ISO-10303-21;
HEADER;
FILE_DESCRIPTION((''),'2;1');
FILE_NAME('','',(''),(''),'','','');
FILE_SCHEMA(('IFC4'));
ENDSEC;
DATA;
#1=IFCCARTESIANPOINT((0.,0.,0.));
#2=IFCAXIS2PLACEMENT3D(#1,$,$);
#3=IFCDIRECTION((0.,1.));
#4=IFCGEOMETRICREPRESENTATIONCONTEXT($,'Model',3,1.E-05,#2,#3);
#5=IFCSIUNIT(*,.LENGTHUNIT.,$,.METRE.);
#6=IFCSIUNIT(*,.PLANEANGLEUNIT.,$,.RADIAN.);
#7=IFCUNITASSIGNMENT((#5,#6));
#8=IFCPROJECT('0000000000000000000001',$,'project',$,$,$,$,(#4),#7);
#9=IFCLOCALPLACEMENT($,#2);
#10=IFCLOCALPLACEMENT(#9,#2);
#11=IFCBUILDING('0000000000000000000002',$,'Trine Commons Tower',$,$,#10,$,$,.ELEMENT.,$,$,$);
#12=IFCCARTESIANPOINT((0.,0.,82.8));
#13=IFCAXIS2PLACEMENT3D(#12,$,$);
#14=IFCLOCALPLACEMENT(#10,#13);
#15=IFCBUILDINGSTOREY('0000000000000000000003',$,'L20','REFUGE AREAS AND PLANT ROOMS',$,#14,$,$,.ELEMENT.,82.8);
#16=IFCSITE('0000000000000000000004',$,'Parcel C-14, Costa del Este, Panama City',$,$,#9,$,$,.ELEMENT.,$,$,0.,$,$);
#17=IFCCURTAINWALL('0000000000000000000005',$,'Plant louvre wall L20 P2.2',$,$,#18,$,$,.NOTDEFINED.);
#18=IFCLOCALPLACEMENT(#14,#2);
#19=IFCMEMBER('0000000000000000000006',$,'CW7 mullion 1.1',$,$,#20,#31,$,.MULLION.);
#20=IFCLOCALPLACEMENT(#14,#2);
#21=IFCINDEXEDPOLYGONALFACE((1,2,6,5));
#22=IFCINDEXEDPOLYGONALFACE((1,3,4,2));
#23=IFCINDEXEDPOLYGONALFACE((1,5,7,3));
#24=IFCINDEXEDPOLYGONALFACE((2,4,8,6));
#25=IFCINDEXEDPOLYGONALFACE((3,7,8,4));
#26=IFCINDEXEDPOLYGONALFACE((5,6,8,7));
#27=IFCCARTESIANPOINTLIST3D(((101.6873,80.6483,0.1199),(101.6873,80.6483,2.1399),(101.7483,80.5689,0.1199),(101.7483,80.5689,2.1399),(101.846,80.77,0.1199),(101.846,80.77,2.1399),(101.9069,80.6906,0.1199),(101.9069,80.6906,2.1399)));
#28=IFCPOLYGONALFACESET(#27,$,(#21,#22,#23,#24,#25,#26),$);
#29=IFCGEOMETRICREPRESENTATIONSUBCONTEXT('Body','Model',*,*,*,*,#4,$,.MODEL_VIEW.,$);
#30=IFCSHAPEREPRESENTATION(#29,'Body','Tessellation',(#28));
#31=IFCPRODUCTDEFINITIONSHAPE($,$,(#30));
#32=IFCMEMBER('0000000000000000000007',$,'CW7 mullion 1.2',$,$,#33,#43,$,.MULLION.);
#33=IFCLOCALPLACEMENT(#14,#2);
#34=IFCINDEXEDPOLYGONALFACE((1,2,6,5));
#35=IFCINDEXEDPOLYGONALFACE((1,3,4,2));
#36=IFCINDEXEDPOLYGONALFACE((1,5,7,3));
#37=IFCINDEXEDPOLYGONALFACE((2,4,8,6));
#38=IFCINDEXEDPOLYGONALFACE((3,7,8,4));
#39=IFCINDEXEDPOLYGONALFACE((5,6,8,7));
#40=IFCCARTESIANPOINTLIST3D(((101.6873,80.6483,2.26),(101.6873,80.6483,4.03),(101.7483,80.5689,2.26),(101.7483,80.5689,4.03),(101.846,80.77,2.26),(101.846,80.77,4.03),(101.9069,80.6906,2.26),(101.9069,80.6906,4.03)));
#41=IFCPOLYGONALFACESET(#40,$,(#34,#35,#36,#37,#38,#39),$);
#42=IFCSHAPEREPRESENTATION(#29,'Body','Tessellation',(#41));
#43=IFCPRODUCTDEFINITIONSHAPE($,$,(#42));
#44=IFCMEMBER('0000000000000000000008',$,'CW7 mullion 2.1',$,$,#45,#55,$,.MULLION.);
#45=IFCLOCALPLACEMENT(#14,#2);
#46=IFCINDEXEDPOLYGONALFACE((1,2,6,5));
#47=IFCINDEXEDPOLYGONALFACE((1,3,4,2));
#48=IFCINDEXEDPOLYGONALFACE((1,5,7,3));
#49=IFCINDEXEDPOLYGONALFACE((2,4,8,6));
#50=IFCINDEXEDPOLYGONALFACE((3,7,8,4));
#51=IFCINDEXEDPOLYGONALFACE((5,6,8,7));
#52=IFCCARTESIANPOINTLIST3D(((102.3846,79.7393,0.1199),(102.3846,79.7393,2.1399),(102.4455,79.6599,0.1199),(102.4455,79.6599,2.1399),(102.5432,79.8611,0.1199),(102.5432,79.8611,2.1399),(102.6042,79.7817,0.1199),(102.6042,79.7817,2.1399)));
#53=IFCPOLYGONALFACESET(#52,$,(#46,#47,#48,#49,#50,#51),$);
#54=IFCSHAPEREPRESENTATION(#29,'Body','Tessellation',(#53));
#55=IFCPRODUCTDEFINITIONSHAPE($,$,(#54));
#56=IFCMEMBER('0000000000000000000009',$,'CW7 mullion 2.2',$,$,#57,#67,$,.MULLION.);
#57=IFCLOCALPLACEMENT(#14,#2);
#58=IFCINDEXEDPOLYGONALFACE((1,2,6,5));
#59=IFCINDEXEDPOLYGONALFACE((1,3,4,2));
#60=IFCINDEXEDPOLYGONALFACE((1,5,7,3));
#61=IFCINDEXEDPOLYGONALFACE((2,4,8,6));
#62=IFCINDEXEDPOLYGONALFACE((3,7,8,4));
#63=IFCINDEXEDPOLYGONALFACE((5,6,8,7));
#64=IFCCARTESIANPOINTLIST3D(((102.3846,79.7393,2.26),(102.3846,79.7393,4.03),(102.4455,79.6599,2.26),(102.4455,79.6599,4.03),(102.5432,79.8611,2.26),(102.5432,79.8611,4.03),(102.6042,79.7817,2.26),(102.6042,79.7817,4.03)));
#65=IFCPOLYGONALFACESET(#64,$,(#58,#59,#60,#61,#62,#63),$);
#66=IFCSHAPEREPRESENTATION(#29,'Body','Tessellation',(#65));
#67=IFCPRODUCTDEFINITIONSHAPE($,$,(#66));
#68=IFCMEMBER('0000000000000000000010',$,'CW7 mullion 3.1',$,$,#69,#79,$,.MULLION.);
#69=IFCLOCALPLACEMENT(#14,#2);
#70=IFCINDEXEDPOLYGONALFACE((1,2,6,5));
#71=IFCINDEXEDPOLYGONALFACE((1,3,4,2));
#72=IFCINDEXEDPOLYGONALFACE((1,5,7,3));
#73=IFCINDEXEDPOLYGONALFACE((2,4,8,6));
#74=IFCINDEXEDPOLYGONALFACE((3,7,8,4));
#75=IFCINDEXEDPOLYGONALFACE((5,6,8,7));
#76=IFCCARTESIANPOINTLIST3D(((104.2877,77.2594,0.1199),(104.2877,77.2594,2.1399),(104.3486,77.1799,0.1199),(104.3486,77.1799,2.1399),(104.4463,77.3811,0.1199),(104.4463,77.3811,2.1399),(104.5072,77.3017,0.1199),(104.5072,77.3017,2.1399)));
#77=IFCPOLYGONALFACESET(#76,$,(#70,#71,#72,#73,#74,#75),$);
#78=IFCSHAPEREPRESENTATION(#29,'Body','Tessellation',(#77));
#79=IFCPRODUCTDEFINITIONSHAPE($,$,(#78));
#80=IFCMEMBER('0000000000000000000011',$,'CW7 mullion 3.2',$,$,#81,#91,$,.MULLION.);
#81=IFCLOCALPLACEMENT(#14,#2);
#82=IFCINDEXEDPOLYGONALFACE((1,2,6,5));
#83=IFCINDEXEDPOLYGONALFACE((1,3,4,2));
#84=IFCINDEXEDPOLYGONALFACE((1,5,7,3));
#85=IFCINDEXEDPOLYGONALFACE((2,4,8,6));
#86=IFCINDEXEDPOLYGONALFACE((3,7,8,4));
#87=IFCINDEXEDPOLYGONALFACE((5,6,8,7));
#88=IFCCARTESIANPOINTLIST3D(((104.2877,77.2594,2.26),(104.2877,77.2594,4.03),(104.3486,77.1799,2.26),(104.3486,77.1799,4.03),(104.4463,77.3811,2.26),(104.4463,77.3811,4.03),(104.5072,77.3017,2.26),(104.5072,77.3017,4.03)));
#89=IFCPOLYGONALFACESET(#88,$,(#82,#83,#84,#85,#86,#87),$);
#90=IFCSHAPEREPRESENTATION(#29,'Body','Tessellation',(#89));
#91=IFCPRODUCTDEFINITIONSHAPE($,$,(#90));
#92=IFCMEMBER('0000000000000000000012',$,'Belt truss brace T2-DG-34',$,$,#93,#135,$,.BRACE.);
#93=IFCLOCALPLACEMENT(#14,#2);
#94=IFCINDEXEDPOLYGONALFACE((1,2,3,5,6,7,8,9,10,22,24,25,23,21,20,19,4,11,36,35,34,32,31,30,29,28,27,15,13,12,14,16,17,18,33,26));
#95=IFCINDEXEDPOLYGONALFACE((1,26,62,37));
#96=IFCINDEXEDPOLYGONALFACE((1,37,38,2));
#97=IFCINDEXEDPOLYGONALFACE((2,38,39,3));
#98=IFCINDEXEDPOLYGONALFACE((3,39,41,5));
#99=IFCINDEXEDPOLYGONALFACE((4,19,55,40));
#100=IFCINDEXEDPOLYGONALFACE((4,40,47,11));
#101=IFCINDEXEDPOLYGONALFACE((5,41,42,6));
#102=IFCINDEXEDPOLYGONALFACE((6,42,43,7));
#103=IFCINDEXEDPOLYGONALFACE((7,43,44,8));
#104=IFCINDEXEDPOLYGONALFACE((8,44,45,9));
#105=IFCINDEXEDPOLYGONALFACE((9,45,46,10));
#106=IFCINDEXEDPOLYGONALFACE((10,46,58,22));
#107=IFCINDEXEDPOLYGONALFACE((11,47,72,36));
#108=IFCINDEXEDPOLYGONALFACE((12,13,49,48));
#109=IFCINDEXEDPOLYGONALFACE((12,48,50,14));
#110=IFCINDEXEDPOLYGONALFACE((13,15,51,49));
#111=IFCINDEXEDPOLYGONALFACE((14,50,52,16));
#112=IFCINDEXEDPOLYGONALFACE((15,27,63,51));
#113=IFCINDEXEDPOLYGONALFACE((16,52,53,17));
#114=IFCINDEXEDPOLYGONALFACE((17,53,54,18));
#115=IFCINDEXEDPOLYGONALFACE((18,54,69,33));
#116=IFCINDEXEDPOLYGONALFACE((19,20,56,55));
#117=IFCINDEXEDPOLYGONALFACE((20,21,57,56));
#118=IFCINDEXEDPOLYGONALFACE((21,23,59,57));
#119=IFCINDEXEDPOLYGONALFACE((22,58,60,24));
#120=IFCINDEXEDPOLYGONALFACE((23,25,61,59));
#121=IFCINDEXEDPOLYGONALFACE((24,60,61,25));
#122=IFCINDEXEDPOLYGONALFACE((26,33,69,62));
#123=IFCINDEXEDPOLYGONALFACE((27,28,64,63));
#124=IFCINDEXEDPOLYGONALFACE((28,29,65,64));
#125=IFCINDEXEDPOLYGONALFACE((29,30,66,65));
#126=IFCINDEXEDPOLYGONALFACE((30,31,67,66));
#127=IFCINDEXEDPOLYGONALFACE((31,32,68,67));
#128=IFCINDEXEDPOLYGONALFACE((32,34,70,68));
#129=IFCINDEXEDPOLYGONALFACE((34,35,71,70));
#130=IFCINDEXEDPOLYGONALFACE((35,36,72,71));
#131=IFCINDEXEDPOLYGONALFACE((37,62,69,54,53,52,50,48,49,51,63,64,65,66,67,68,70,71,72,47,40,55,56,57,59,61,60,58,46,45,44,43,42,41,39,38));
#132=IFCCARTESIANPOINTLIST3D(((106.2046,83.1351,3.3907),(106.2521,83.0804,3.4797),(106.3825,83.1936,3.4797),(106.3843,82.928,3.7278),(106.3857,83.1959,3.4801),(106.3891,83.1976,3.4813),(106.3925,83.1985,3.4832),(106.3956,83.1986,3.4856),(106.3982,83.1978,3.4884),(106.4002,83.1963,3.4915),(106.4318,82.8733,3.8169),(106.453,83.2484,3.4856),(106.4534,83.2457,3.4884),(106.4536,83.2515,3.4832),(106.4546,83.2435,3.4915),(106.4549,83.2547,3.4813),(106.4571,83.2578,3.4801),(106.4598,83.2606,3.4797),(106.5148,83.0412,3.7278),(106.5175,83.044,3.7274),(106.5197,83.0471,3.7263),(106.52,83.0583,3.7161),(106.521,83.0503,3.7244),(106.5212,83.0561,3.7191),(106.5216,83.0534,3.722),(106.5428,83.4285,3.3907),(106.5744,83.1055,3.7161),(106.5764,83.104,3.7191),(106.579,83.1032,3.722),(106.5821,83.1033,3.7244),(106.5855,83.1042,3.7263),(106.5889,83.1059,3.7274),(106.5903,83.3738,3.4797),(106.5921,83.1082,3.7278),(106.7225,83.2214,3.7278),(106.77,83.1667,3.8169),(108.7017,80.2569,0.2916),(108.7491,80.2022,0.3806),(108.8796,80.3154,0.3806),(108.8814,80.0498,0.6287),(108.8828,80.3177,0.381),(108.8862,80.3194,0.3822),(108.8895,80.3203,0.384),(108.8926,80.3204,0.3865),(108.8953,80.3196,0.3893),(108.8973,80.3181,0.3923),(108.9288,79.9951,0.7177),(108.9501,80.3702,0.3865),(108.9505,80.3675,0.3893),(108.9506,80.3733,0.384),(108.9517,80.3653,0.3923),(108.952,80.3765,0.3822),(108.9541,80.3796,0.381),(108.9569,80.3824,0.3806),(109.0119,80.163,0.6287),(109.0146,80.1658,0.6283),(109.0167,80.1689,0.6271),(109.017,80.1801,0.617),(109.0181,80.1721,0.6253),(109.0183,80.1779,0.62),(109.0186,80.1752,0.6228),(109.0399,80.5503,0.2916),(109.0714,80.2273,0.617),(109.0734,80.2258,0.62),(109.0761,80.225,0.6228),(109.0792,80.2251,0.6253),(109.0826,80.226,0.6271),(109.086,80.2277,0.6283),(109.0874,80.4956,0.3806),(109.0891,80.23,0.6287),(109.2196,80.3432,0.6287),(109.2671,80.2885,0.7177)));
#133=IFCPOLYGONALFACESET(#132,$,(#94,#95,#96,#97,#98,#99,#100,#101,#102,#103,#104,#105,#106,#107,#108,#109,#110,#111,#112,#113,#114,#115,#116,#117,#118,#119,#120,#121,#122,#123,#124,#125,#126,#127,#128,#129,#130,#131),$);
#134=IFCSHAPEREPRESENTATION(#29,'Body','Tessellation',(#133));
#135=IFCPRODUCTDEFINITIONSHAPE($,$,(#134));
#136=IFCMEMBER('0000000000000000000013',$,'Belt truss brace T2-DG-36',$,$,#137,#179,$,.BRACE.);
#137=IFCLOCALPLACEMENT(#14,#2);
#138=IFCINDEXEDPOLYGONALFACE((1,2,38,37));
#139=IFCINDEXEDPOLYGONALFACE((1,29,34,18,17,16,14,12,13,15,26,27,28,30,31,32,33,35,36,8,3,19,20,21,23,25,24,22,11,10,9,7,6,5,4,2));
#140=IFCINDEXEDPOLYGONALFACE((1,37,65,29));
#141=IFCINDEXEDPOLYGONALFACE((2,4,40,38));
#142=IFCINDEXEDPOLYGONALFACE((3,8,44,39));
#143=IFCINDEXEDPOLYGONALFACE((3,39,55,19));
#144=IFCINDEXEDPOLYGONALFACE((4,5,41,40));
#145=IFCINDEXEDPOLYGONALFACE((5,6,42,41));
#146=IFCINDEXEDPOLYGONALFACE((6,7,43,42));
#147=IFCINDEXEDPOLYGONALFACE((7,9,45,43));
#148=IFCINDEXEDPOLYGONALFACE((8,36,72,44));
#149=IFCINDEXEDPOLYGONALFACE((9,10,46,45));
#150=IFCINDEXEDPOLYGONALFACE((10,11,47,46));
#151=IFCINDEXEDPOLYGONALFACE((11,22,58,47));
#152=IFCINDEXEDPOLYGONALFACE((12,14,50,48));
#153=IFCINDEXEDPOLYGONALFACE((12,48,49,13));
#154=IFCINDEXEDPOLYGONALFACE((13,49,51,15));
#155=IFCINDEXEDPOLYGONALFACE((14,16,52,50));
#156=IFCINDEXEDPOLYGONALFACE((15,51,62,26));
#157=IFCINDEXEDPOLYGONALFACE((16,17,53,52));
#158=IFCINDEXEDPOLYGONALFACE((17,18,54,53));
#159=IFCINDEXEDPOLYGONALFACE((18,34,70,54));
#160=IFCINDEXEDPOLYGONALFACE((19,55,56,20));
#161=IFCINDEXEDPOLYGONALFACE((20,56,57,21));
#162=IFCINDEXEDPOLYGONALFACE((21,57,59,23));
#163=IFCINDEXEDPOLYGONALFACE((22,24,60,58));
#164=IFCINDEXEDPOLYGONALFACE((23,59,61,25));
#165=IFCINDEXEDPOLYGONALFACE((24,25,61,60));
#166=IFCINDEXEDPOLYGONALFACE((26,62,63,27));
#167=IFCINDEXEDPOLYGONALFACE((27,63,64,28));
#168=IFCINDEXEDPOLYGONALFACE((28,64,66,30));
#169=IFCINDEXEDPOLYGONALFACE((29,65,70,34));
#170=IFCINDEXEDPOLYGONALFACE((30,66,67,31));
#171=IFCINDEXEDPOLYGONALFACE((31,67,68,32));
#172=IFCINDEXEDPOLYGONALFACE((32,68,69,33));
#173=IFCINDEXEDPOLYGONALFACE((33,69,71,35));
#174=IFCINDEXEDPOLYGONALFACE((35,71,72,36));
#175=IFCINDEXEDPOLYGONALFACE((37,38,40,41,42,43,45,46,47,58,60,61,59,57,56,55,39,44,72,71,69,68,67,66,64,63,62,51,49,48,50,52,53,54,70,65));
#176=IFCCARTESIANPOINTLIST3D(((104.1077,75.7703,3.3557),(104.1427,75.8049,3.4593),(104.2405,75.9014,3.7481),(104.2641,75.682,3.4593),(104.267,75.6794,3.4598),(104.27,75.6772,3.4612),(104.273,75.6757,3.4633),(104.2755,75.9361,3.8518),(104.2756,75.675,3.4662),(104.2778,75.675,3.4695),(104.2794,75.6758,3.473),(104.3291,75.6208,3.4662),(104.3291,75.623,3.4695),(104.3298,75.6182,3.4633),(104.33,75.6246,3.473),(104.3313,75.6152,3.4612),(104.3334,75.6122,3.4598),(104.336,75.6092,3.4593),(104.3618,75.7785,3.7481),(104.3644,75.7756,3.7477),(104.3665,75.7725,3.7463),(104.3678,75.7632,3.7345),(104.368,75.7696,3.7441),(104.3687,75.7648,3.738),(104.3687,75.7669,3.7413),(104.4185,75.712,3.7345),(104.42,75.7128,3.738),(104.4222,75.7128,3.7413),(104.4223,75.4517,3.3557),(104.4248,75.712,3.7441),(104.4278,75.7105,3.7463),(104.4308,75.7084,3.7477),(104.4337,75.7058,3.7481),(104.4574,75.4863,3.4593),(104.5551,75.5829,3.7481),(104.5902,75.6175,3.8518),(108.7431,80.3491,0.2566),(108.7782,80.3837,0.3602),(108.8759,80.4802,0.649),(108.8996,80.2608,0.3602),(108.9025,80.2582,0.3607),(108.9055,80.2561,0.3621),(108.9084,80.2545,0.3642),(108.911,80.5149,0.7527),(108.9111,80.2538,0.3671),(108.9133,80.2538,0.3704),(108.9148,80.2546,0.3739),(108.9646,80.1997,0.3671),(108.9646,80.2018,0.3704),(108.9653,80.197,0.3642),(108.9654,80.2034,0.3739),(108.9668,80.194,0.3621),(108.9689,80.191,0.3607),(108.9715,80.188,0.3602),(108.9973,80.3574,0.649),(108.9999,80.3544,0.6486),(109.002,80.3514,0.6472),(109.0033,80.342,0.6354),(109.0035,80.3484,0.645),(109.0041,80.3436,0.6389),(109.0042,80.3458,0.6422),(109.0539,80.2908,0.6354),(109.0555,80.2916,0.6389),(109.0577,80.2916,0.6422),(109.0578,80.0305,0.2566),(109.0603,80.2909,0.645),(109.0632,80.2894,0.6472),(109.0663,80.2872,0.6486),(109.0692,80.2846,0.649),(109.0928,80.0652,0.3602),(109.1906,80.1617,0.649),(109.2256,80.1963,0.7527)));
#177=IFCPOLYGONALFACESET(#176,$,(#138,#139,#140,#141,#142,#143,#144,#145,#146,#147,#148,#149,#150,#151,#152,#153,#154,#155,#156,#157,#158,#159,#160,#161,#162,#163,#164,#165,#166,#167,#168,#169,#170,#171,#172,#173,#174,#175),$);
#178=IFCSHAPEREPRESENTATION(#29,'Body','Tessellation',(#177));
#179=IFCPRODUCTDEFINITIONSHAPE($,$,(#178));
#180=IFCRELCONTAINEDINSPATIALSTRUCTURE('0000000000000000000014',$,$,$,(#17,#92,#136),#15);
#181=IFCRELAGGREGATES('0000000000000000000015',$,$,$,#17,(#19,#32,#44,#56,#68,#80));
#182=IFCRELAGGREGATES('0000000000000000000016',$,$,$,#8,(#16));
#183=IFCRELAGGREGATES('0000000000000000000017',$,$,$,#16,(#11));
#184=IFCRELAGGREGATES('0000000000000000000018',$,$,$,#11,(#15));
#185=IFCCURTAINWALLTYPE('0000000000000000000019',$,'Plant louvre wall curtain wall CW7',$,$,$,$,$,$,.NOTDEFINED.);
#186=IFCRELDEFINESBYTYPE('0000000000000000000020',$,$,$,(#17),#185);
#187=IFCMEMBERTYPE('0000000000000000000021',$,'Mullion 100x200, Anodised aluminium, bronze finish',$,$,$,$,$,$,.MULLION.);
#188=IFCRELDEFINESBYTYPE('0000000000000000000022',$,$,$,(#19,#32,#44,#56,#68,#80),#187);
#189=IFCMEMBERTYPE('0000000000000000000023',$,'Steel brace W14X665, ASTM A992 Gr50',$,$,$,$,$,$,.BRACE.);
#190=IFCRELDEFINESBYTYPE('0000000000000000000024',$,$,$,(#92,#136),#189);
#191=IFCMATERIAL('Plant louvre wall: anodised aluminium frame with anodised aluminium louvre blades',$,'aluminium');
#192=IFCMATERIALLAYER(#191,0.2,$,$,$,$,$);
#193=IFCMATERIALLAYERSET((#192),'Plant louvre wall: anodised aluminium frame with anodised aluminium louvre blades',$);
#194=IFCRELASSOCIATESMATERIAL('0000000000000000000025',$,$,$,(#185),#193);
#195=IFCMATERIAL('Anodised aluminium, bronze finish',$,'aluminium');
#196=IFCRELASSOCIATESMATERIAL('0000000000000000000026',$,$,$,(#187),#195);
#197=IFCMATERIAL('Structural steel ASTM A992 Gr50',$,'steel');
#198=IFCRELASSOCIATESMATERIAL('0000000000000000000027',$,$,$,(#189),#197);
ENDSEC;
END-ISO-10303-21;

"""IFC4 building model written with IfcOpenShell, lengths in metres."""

from ifc_helpers import new_model, si_unit, direction, frame, origin, origin_2d, place, context, subcontext, project, spatial, rectangle, i_section, extrude, material, layer, layer_set, material_profile, profile_set, type_object, element, aggregate, save


model = new_model("IFC4")

# Units and contexts
model_context = context("Model", 3, precision=1e-05, world=origin(), true_north=direction((0.0, 1.0)))
body_context = subcontext(model_context, "Body", "Model", "MODEL_VIEW")
ifc_project = project(units=[si_unit("LENGTHUNIT", "METRE"), si_unit("PLANEANGLEUNIT", "RADIAN")], contexts=[model_context])

# Site, building, storey
site_placement = place(None, origin())
site = spatial("IfcSite", under=ifc_project, at=site_placement, Name="Parcel C-14, Costa del Este, Panama City", CompositionType="ELEMENT", RefElevation=0.0)
building_placement = place(site_placement, origin())
building = spatial("IfcBuilding", under=site, at=building_placement, Name="Trine Commons Tower", CompositionType="ELEMENT")
storey_placement = place(building_placement, frame((0.0, 0.0, 82.8)))
storey = spatial("IfcBuildingStorey", under=building, at=storey_placement, Name="L20", Description="REFUGE AREAS AND PLANT ROOMS", CompositionType="ELEMENT", Elevation=82.8)

# Curtain wall, members
ifc_material_1 = material(Name="Plant louvre wall: anodised aluminium frame with anodised aluminium louvre blades", Category="aluminium")
ifc_layer_1 = layer(ifc_material_1, 0.2)
ifc_layer_set_1 = layer_set([ifc_layer_1], Name="Plant louvre wall: anodised aluminium frame with anodised aluminium louvre blades")
curtain_wall_type = type_object("IfcCurtainWallType", Name="Plant louvre wall curtain wall CW7", PredefinedType="NOTDEFINED", material=ifc_layer_set_1)
curtain_wall_placement = place(storey_placement, origin())
curtain_wall = element("IfcCurtainWall", 1, at=curtain_wall_placement, inside=storey, type_object=curtain_wall_type, Name="Plant louvre wall L20 P2.2", PredefinedType="NOTDEFINED")
ifc_material_2 = material(Name="Anodised aluminium, bronze finish", Category="aluminium")
ifc_material_profile_1 = material_profile(ifc_material_2, rectangle(XDim=0.2, YDim=0.1001, at=origin_2d()), Name="Mullion 100x200")
ifc_profile_set_1 = profile_set([ifc_material_profile_1], Name="Anodised aluminium, bronze finish")
member_type_1 = type_object("IfcMemberType", Name="Mullion 100x200, Anodised aluminium, bronze finish", PredefinedType="MULLION", material=ifc_profile_set_1)
member_1_placement = place(storey_placement, frame((101.7971, 80.6694, 0.1199), z_axis=(0.0, 0.0, 1.0), x_axis=(0.793353, 0.608761, 0.0)))
member_1 = element("IfcMember", 2, at=member_1_placement, type_object=member_type_1, Name="CW7 mullion 1.1", PredefinedType="MULLION", context=body_context, shape_type="SweptSolid", body=[
    extrude(rectangle(XDim=0.2, YDim=0.1001, at=origin_2d()), origin(), (0.0, 0.0, 1.0), 2.02),
])
member_2_placement = place(storey_placement, frame((101.7971, 80.6694, 2.26), z_axis=(0.0, 0.0, 1.0), x_axis=(0.793353, 0.608761, 0.0)))
member_2 = element("IfcMember", 3, at=member_2_placement, type_object=member_type_1, Name="CW7 mullion 1.2", PredefinedType="MULLION", context=body_context, shape_type="SweptSolid", body=[
    extrude(rectangle(XDim=0.2, YDim=0.1001, at=origin_2d()), origin(), (0.0, 0.0, 1.0), 1.77),
])
member_3_placement = place(storey_placement, frame((102.4944, 79.7605, 0.1199), z_axis=(0.0, 0.0, 1.0), x_axis=(0.793353, 0.608761, 0.0)))
member_3 = element("IfcMember", 4, at=member_3_placement, type_object=member_type_1, Name="CW7 mullion 2.1", PredefinedType="MULLION", context=body_context, shape_type="SweptSolid", body=[
    extrude(rectangle(XDim=0.2, YDim=0.1001, at=origin_2d()), origin(), (0.0, 0.0, 1.0), 2.02),
])
member_4_placement = place(storey_placement, frame((102.4944, 79.7605, 2.26), z_axis=(0.0, 0.0, 1.0), x_axis=(0.793353, 0.608761, 0.0)))
member_4 = element("IfcMember", 5, at=member_4_placement, type_object=member_type_1, Name="CW7 mullion 2.2", PredefinedType="MULLION", context=body_context, shape_type="SweptSolid", body=[
    extrude(rectangle(XDim=0.2, YDim=0.1001, at=origin_2d()), origin(), (0.0, 0.0, 1.0), 1.77),
])
member_5_placement = place(storey_placement, frame((104.3975, 77.2805, 0.1199), z_axis=(0.0, 0.0, 1.0), x_axis=(0.793353, 0.608761, 0.0)))
member_5 = element("IfcMember", 6, at=member_5_placement, type_object=member_type_1, Name="CW7 mullion 3.1", PredefinedType="MULLION", context=body_context, shape_type="SweptSolid", body=[
    extrude(rectangle(XDim=0.2, YDim=0.1001, at=origin_2d()), origin(), (0.0, 0.0, 1.0), 2.02),
])
member_6_placement = place(storey_placement, frame((104.3975, 77.2805, 2.26), z_axis=(0.0, 0.0, 1.0), x_axis=(0.793353, 0.608761, 0.0)))
member_6 = element("IfcMember", 7, at=member_6_placement, type_object=member_type_1, Name="CW7 mullion 3.2", PredefinedType="MULLION", context=body_context, shape_type="SweptSolid", body=[
    extrude(rectangle(XDim=0.2, YDim=0.1001, at=origin_2d()), origin(), (0.0, 0.0, 1.0), 1.77),
])

# Members
ifc_material_3 = material(Name="Structural steel ASTM A992 Gr50", Category="steel")
ifc_material_profile_2 = material_profile(ifc_material_3, i_section(OverallWidth=0.4478, OverallDepth=0.5493, WebThickness=0.072, FlangeThickness=0.1147, FilletRadius=0.0151, at=origin_2d()), Name="W14X665")
ifc_profile_set_2 = profile_set([ifc_material_profile_2], Name="Structural steel ASTM A992 Gr50")
member_type_2 = type_object("IfcMemberType", Name="Steel brace W14X665, ASTM A992 Gr50", PredefinedType="BRACE", material=ifc_profile_set_2)
member_7_placement = place(storey_placement, frame((108.9844, 80.2727, 0.5046), z_axis=(-0.508403, 0.585995, 0.63098), x_axis=(-0.755344, -0.655328, 0.0)))
element("IfcMember", 8, at=member_7_placement, inside=storey, type_object=member_type_2, Name="Belt truss brace T2-DG-34", PredefinedType="BRACE", context=body_context, shape_type="SweptSolid", body=[
    extrude(i_section(OverallWidth=0.4478, OverallDepth=0.5493, WebThickness=0.072, FlangeThickness=0.1147, FilletRadius=0.0151, at=origin_2d()), origin(), (0.0, 0.0, 1.0), 4.9116),
])
member_8_placement = place(storey_placement, frame((108.9844, 80.2727, 0.5046), z_axis=(-0.642468, -0.634617, 0.42953), x_axis=(0.702747, -0.71144, 0.0)))
element("IfcMember", 9, at=member_8_placement, inside=storey, type_object=member_type_2, Name="Belt truss brace T2-DG-36", PredefinedType="BRACE", context=body_context, shape_type="SweptSolid", body=[
    extrude(i_section(OverallWidth=0.4478, OverallDepth=0.5493, WebThickness=0.072, FlangeThickness=0.1147, FilletRadius=0.0151, at=origin_2d()), origin(), (0.0, 0.0, 1.0), 7.2151),
])

aggregate(curtain_wall, [member_1, member_2, member_3, member_4, member_5, member_6])

save(model, "model.ifc")
